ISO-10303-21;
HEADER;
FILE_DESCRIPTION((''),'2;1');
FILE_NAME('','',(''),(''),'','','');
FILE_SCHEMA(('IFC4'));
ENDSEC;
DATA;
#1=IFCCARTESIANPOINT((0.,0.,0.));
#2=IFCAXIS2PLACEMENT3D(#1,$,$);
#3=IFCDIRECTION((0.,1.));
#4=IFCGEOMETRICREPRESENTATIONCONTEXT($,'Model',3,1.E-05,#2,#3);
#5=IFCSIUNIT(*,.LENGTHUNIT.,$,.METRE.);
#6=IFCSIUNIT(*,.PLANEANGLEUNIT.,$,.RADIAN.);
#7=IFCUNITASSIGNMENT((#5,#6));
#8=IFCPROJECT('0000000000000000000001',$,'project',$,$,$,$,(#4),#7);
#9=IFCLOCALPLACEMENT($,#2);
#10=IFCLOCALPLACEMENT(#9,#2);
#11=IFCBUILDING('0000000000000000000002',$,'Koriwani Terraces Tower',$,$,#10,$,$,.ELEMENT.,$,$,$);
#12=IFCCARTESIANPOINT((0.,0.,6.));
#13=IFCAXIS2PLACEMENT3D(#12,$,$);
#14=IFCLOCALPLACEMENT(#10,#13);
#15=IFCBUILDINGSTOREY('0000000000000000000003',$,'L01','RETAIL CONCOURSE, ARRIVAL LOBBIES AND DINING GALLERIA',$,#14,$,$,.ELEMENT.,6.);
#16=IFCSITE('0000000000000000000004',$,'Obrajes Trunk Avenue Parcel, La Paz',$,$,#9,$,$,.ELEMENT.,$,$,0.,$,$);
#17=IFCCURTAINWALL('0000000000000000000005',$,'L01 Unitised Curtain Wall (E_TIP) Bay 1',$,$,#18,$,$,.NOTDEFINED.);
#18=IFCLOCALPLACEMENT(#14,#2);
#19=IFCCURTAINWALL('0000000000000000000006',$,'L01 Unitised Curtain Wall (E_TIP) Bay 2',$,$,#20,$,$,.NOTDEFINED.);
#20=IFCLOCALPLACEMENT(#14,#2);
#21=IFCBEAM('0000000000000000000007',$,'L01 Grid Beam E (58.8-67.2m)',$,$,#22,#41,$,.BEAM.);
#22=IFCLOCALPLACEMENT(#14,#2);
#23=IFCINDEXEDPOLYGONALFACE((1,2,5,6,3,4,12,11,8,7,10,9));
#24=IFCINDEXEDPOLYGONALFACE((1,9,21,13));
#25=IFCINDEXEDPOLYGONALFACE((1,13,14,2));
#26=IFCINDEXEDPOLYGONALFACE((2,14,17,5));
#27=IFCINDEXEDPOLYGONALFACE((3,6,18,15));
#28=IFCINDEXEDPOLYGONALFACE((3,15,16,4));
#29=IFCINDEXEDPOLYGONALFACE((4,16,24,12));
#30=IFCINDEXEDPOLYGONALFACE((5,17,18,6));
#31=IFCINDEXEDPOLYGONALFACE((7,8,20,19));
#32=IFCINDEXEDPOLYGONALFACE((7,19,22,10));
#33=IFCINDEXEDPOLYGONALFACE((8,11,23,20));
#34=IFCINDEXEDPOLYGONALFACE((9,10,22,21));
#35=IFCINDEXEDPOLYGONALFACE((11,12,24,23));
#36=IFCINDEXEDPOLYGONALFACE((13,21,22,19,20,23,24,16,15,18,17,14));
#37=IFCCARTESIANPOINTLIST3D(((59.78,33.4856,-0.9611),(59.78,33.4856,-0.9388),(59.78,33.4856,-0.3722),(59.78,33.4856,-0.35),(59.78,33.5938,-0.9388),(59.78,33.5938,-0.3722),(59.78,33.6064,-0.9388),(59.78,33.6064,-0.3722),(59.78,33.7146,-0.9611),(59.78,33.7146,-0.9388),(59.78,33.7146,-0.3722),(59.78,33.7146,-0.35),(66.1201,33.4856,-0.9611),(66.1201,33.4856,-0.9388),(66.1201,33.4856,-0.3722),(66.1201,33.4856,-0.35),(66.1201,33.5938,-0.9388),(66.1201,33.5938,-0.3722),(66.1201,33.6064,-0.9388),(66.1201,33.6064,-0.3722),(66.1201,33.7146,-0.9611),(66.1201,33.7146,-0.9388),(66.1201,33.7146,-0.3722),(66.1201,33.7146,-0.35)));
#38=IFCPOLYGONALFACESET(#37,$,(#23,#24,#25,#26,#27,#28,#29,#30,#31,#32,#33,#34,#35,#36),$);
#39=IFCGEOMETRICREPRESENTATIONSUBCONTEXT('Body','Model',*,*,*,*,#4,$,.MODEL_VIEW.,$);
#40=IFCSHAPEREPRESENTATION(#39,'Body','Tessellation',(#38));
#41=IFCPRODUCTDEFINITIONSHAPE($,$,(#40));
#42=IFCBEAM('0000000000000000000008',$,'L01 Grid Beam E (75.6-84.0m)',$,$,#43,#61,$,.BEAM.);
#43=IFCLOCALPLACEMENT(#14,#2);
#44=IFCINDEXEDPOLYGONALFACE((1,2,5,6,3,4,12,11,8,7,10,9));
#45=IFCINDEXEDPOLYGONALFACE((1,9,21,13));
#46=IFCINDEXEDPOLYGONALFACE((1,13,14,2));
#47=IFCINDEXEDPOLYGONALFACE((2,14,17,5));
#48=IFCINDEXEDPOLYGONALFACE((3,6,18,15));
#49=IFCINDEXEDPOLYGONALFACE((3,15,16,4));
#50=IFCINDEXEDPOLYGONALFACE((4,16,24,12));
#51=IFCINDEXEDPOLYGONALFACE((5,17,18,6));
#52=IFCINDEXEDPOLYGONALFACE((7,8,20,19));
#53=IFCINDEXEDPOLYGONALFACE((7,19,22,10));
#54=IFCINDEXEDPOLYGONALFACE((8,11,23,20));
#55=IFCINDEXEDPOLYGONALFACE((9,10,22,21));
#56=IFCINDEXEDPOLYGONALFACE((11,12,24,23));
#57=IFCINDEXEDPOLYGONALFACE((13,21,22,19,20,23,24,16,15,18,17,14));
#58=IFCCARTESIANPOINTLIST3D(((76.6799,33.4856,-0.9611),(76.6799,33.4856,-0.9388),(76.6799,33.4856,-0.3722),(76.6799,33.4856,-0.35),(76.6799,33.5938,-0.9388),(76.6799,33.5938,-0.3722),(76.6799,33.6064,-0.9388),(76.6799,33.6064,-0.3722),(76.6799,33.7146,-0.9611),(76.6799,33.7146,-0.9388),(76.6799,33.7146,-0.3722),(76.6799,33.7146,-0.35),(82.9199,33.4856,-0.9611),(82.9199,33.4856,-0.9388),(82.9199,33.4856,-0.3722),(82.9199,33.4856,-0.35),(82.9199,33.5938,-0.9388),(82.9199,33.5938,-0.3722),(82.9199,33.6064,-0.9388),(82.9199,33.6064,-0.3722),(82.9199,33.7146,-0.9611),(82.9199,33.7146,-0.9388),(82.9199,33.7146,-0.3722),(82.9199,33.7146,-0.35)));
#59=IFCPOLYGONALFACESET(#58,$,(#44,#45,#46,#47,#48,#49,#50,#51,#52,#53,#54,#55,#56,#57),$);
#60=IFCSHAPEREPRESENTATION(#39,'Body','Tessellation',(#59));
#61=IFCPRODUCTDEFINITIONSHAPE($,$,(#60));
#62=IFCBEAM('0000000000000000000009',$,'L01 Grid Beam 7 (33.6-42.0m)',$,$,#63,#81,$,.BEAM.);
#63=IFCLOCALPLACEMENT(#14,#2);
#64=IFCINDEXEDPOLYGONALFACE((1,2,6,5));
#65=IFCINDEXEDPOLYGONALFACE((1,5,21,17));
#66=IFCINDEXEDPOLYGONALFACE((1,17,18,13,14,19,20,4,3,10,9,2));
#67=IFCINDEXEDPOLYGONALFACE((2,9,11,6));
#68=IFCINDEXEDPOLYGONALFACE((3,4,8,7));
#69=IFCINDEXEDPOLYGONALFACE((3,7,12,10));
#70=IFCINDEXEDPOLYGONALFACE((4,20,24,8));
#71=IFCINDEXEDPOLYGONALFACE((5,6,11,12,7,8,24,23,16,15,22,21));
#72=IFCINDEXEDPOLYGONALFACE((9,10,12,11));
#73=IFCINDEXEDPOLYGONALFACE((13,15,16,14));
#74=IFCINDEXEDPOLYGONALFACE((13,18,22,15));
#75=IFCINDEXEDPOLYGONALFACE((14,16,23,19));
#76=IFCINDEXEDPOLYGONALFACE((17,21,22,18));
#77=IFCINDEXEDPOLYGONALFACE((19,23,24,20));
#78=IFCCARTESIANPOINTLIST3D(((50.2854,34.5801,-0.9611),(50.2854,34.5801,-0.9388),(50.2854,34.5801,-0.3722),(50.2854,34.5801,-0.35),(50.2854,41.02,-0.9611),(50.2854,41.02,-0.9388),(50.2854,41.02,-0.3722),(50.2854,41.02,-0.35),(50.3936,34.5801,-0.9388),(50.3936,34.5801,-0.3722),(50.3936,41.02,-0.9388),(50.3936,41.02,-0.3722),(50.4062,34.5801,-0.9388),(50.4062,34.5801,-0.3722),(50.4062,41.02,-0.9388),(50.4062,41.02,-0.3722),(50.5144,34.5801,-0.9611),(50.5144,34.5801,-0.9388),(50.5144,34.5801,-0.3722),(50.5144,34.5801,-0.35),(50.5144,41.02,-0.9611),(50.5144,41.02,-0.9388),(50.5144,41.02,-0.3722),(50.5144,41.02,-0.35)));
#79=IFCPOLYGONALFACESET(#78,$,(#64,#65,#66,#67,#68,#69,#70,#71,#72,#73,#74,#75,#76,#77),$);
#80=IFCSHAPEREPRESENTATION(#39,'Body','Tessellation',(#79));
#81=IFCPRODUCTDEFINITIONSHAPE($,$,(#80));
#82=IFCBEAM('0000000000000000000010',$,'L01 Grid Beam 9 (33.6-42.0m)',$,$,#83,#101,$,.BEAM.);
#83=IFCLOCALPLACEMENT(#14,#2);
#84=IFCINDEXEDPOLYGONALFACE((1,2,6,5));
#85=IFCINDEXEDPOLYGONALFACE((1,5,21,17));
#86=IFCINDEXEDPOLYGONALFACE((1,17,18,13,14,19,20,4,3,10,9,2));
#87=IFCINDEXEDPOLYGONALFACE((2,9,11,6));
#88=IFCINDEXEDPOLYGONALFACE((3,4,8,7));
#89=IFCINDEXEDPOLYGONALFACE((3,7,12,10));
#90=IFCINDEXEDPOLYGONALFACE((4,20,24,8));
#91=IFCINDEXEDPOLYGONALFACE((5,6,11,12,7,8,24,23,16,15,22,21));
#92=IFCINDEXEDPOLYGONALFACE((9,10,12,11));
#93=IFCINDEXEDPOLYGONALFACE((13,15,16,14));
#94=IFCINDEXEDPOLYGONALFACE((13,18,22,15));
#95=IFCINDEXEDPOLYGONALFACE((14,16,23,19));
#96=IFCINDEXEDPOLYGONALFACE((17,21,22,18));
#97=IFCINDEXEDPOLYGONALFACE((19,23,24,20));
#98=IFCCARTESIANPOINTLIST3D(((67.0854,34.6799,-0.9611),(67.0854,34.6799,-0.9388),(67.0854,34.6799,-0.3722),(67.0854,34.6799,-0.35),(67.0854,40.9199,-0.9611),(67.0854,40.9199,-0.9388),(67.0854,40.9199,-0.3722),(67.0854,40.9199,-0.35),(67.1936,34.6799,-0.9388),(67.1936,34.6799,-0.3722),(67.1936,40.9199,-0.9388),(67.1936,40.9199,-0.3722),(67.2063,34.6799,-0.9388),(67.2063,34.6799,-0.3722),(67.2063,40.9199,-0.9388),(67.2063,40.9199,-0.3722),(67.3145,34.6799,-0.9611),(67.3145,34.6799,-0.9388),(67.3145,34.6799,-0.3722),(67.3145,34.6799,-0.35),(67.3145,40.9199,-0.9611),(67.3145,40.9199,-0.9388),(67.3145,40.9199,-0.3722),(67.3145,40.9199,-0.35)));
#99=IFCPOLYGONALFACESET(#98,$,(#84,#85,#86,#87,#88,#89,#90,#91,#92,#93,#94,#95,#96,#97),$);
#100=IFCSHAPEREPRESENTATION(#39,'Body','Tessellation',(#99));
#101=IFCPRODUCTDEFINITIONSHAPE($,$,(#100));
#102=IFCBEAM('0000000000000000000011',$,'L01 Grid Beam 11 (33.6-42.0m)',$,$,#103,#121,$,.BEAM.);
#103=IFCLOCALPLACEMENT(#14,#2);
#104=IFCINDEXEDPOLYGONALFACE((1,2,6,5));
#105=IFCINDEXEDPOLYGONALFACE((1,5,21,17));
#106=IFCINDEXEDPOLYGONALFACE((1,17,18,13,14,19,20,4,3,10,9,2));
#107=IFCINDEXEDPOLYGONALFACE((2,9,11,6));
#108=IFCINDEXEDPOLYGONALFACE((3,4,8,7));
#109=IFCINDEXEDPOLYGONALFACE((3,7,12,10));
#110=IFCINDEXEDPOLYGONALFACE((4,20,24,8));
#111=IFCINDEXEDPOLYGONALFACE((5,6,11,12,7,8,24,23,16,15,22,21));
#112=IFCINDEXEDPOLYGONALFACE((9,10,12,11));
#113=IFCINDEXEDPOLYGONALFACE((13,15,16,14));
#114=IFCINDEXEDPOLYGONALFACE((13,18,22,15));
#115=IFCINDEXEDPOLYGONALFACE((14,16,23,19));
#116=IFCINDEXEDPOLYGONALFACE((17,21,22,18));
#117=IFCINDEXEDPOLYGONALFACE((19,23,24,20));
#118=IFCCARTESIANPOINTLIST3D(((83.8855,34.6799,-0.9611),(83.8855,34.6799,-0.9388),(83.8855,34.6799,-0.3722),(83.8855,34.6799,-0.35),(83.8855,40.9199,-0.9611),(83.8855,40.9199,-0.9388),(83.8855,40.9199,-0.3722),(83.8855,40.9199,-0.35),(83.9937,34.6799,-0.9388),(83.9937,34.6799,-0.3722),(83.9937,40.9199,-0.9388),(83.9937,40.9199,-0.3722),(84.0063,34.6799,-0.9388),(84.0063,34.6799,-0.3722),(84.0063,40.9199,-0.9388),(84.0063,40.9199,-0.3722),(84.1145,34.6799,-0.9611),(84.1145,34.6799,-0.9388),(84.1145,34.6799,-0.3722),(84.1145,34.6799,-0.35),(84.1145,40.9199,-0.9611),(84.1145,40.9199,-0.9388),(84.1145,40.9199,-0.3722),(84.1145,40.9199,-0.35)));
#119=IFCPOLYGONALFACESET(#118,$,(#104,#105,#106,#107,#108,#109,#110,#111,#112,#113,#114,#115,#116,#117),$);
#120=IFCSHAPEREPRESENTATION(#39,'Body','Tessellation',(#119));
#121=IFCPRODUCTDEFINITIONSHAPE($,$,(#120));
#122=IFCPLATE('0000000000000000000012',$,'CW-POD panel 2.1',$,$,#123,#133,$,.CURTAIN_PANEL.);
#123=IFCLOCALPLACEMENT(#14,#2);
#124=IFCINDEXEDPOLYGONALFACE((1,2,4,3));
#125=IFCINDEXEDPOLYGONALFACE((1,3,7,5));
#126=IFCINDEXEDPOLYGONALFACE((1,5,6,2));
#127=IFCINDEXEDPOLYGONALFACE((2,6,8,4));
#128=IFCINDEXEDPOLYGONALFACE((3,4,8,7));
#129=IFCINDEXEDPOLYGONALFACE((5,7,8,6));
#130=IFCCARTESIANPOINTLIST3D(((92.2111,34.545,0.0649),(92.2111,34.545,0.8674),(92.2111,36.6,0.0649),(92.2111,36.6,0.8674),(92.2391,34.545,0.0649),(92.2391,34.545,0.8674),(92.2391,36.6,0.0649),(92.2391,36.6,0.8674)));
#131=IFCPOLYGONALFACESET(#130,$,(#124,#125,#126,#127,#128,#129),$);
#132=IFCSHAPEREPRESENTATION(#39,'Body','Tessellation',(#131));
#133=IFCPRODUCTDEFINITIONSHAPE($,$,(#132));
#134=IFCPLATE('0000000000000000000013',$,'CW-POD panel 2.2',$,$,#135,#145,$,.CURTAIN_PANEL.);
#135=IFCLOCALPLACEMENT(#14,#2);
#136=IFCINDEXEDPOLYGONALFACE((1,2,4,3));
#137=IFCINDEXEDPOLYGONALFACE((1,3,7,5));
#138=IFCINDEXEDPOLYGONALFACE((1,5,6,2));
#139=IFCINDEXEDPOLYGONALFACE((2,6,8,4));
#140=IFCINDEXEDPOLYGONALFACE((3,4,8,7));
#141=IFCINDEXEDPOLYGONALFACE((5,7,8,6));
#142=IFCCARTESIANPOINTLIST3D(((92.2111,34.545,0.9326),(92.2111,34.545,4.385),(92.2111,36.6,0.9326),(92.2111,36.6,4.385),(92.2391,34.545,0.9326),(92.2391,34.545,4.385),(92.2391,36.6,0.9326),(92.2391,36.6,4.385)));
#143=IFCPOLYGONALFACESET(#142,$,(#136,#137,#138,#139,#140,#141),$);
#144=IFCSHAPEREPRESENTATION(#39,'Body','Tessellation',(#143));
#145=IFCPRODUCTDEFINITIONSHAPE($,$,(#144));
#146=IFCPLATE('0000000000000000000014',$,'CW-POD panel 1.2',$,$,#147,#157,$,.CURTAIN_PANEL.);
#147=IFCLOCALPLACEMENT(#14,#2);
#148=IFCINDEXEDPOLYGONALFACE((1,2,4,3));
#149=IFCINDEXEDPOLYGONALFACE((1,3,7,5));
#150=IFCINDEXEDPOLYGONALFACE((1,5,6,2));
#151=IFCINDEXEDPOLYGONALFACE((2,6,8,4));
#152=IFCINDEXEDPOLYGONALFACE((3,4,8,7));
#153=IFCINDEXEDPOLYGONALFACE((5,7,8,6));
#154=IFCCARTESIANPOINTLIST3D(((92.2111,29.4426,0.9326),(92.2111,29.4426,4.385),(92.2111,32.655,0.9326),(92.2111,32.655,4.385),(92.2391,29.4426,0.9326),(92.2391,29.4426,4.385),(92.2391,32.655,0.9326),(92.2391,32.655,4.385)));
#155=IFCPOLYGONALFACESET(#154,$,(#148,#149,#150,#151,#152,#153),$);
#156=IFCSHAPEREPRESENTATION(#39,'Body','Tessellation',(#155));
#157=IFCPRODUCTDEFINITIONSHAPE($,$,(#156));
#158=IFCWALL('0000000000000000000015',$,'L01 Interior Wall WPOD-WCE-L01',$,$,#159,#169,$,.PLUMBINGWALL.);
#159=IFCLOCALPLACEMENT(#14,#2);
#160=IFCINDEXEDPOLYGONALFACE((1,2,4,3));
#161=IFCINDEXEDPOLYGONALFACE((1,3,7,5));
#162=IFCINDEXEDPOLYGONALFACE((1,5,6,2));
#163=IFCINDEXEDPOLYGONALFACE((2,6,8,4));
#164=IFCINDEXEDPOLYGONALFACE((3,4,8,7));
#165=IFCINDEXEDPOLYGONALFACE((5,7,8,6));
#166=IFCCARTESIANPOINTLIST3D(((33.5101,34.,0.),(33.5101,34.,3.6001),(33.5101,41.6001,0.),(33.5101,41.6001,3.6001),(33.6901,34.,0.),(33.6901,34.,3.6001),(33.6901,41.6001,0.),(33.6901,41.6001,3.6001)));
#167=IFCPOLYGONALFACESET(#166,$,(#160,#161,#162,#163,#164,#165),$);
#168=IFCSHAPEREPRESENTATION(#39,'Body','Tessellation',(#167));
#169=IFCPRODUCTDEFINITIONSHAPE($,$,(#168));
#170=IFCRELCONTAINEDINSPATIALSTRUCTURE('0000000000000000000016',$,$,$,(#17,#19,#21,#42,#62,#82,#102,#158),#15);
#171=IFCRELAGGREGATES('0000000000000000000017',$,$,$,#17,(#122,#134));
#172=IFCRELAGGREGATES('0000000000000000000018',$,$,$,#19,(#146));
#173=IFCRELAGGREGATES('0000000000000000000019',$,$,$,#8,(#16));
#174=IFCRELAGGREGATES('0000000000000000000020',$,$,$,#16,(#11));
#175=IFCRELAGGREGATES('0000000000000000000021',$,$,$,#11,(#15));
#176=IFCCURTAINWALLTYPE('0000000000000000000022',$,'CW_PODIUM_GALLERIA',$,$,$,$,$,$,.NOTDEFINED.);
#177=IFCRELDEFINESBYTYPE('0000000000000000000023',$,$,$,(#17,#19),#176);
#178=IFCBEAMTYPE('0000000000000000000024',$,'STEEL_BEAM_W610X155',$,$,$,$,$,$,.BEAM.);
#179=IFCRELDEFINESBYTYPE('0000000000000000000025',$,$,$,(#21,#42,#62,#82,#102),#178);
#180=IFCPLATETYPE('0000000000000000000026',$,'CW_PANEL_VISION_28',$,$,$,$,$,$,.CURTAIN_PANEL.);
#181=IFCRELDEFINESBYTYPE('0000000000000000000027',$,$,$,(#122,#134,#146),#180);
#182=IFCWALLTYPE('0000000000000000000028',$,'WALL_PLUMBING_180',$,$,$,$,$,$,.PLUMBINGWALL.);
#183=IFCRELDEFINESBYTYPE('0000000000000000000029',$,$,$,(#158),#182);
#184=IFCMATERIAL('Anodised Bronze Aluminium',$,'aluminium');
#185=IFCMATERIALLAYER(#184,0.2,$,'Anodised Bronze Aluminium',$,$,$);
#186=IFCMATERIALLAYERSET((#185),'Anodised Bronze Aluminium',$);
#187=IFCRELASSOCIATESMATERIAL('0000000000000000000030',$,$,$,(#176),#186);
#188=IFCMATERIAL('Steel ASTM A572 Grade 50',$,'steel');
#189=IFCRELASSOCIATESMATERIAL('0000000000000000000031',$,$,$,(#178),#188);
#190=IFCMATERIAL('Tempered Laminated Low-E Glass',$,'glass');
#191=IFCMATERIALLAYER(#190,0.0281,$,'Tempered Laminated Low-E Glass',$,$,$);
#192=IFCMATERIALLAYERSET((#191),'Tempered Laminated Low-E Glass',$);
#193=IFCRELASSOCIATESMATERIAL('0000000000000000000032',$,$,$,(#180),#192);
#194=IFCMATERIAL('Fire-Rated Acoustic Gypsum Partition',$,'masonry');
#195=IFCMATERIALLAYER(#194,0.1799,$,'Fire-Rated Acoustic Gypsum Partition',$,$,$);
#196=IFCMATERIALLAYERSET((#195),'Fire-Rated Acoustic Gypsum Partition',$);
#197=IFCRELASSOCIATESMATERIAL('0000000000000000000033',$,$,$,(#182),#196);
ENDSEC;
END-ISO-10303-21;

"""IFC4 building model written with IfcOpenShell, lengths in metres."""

from ifc_helpers import new_model, si_unit, direction, frame, frame_2d, origin, origin_2d, place, context, subcontext, project, spatial, rectangle, i_section, extrude, material, layer, layer_set, material_profile, profile_set, type_object, element, aggregate, save


model = new_model("IFC4")

# Units and contexts
model_context = context("Model", 3, precision=1e-05, world=origin(), true_north=direction((0.0, 1.0)))
body_context = subcontext(model_context, "Body", "Model", "MODEL_VIEW")
ifc_project = project(units=[si_unit("LENGTHUNIT", "METRE"), si_unit("PLANEANGLEUNIT", "RADIAN")], contexts=[model_context])

# Site, building, storey
site_placement = place(None, origin())
site = spatial("IfcSite", under=ifc_project, at=site_placement, Name="Obrajes Trunk Avenue Parcel, La Paz", CompositionType="ELEMENT", RefElevation=0.0)
building_placement = place(site_placement, origin())
building = spatial("IfcBuilding", under=site, at=building_placement, Name="Koriwani Terraces Tower", CompositionType="ELEMENT")
storey_placement = place(building_placement, frame((0.0, 0.0, 6.0)))
storey = spatial("IfcBuildingStorey", under=building, at=storey_placement, Name="L01", Description="RETAIL CONCOURSE, ARRIVAL LOBBIES AND DINING GALLERIA", CompositionType="ELEMENT", Elevation=6.0)

# Curtain wall
ifc_material_1 = material(Name="Anodised Bronze Aluminium", Category="aluminium")
ifc_layer_1 = layer(ifc_material_1, 0.2, Name="Anodised Bronze Aluminium")
ifc_layer_set_1 = layer_set([ifc_layer_1], Name="Anodised Bronze Aluminium")
curtain_wall_type = type_object("IfcCurtainWallType", Name="CW_PODIUM_GALLERIA", PredefinedType="NOTDEFINED", material=ifc_layer_set_1)
curtain_wall_1_placement = place(storey_placement, origin())
curtain_wall_1 = element("IfcCurtainWall", 1, at=curtain_wall_1_placement, inside=storey, type_object=curtain_wall_type, Name="L01 Unitised Curtain Wall (E_TIP) Bay 1", PredefinedType="NOTDEFINED")

# Curtain wall
curtain_wall_2_placement = place(storey_placement, origin())
curtain_wall_2 = element("IfcCurtainWall", 2, at=curtain_wall_2_placement, inside=storey, type_object=curtain_wall_type, Name="L01 Unitised Curtain Wall (E_TIP) Bay 2", PredefinedType="NOTDEFINED")

# Beams
ifc_material_2 = material(Name="Steel ASTM A572 Grade 50", Category="steel")
ifc_material_profile_1 = material_profile(ifc_material_2, i_section(OverallWidth=0.229, OverallDepth=0.6111, WebThickness=0.0127, FlangeThickness=0.0222, at=origin_2d()), Name="Steel ASTM A572 Grade 50", Category="LoadBearing")
ifc_profile_set_1 = profile_set([ifc_material_profile_1], Name="Steel ASTM A572 Grade 50")
beam_type_1 = type_object("IfcBeamType", Name="STEEL_BEAM_W610X155", PredefinedType="BEAM", material=ifc_profile_set_1)
beam_1_placement = place(storey_placement, frame((59.78, 33.6001, -0.6555), z_axis=(1.0, 0.0, 0.0), x_axis=(0.0, 1.0, 0.0)))
element("IfcBeam", 3, at=beam_1_placement, inside=storey, type_object=beam_type_1, Name="L01 Grid Beam E (58.8-67.2m)", PredefinedType="BEAM", context=body_context, shape_type="SweptSolid", body=[
    extrude(i_section(OverallWidth=0.229, OverallDepth=0.6111, WebThickness=0.0127, FlangeThickness=0.0222, at=origin_2d()), origin(), (0.0, 0.0, 1.0), 6.3401),
])
beam_2_placement = place(storey_placement, frame((76.6799, 33.6001, -0.6555), z_axis=(1.0, 0.0, 0.0), x_axis=(0.0, 1.0, 0.0)))
element("IfcBeam", 4, at=beam_2_placement, inside=storey, type_object=beam_type_1, Name="L01 Grid Beam E (75.6-84.0m)", PredefinedType="BEAM", context=body_context, shape_type="SweptSolid", body=[
    extrude(i_section(OverallWidth=0.229, OverallDepth=0.6111, WebThickness=0.0127, FlangeThickness=0.0222, at=origin_2d()), origin(), (0.0, 0.0, 1.0), 6.24),
])
beam_3_placement = place(storey_placement, frame((50.3999, 34.5801, -0.6555), z_axis=(0.0, 1.0, 0.0), x_axis=(-1.0, 0.0, 0.0)))
element("IfcBeam", 5, at=beam_3_placement, inside=storey, type_object=beam_type_1, Name="L01 Grid Beam 7 (33.6-42.0m)", PredefinedType="BEAM", context=body_context, shape_type="SweptSolid", body=[
    extrude(i_section(OverallWidth=0.229, OverallDepth=0.6111, WebThickness=0.0127, FlangeThickness=0.0222, at=origin_2d()), origin(), (0.0, 0.0, 1.0), 6.4399),
])
for number, where, z_axis, x_axis, name in (
    (6, (67.2, 34.6799, -0.6555), (0.0, 1.0, 0.0), (-1.0, 0.0, 0.0), "L01 Grid Beam 9 (33.6-42.0m)"),
    (7, (84.0, 34.6799, -0.6555), (0.0, 1.0, 0.0), (-1.0, 0.0, 0.0), "L01 Grid Beam 11 (33.6-42.0m)"),
):
    element("IfcBeam", number, at=place(storey_placement, frame(where, z_axis=z_axis, x_axis=x_axis)), inside=storey, type_object=beam_type_1, Name=name, PredefinedType="BEAM", context=body_context, shape_type="SweptSolid", body=[
        extrude(i_section(OverallWidth=0.229, OverallDepth=0.6111, WebThickness=0.0127, FlangeThickness=0.0222, at=origin_2d()), origin(), (0.0, 0.0, 1.0), 6.24),
    ])

# Plates
ifc_material_3 = material(Name="Tempered Laminated Low-E Glass", Category="glass")
ifc_layer_2 = layer(ifc_material_3, 0.0281, Name="Tempered Laminated Low-E Glass")
ifc_layer_set_2 = layer_set([ifc_layer_2], Name="Tempered Laminated Low-E Glass")
plate_type = type_object("IfcPlateType", Name="CW_PANEL_VISION_28", PredefinedType="CURTAIN_PANEL", material=ifc_layer_set_2)
plate_1_placement = place(storey_placement, frame((92.2251, 35.5725, 0.0649), z_axis=(0.0, 0.0, 1.0), x_axis=(0.0, -1.0, 0.0)))
plate_1 = element("IfcPlate", 8, at=plate_1_placement, type_object=plate_type, Name="CW-POD panel 2.1", PredefinedType="CURTAIN_PANEL", context=body_context, shape_type="SweptSolid", body=[
    extrude(rectangle(XDim=2.0549, YDim=0.0281, at=origin_2d()), origin(), (0.0, 0.0, 1.0), 0.8025),
])
plate_2_placement = place(storey_placement, frame((92.2251, 35.5725, 0.9326), z_axis=(0.0, 0.0, 1.0), x_axis=(0.0, -1.0, 0.0)))
plate_2 = element("IfcPlate", 9, at=plate_2_placement, type_object=plate_type, Name="CW-POD panel 2.2", PredefinedType="CURTAIN_PANEL", context=body_context, shape_type="SweptSolid", body=[
    extrude(rectangle(XDim=2.0549, YDim=0.0281, at=origin_2d()), origin(), (0.0, 0.0, 1.0), 3.4524),
])
aggregate(curtain_wall_1, [plate_1, plate_2])
plate_3_placement = place(storey_placement, frame((92.2251, 31.0488, 0.9326), z_axis=(0.0, 0.0, 1.0), x_axis=(0.0, -1.0, 0.0)))
plate_3 = element("IfcPlate", 10, at=plate_3_placement, type_object=plate_type, Name="CW-POD panel 1.2", PredefinedType="CURTAIN_PANEL", context=body_context, shape_type="SweptSolid", body=[
    extrude(rectangle(XDim=3.2124, YDim=0.0281, at=origin_2d()), origin(), (0.0, 0.0, 1.0), 3.4524),
])
aggregate(curtain_wall_2, [plate_3])

# Wall
ifc_material_4 = material(Name="Fire-Rated Acoustic Gypsum Partition", Category="masonry")
ifc_layer_3 = layer(ifc_material_4, 0.1799, Name="Fire-Rated Acoustic Gypsum Partition")
ifc_layer_set_3 = layer_set([ifc_layer_3], Name="Fire-Rated Acoustic Gypsum Partition")
wall_type = type_object("IfcWallType", Name="WALL_PLUMBING_180", PredefinedType="PLUMBINGWALL", material=ifc_layer_set_3)
wall_placement = place(storey_placement, frame((33.6001, 34.0, 0.0), z_axis=(0.0, 0.0, 1.0), x_axis=(0.0, 1.0, 0.0)))
element("IfcWall", 11, at=wall_placement, inside=storey, type_object=wall_type, Name="L01 Interior Wall WPOD-WCE-L01", PredefinedType="PLUMBINGWALL", context=body_context, shape_type="SweptSolid", body=[
    extrude(rectangle(XDim=7.6001, YDim=0.1799, at=frame_2d((3.8, 0.0))), origin(), (0.0, 0.0, 1.0), 3.6001),
])

save(model, "model.ifc")
